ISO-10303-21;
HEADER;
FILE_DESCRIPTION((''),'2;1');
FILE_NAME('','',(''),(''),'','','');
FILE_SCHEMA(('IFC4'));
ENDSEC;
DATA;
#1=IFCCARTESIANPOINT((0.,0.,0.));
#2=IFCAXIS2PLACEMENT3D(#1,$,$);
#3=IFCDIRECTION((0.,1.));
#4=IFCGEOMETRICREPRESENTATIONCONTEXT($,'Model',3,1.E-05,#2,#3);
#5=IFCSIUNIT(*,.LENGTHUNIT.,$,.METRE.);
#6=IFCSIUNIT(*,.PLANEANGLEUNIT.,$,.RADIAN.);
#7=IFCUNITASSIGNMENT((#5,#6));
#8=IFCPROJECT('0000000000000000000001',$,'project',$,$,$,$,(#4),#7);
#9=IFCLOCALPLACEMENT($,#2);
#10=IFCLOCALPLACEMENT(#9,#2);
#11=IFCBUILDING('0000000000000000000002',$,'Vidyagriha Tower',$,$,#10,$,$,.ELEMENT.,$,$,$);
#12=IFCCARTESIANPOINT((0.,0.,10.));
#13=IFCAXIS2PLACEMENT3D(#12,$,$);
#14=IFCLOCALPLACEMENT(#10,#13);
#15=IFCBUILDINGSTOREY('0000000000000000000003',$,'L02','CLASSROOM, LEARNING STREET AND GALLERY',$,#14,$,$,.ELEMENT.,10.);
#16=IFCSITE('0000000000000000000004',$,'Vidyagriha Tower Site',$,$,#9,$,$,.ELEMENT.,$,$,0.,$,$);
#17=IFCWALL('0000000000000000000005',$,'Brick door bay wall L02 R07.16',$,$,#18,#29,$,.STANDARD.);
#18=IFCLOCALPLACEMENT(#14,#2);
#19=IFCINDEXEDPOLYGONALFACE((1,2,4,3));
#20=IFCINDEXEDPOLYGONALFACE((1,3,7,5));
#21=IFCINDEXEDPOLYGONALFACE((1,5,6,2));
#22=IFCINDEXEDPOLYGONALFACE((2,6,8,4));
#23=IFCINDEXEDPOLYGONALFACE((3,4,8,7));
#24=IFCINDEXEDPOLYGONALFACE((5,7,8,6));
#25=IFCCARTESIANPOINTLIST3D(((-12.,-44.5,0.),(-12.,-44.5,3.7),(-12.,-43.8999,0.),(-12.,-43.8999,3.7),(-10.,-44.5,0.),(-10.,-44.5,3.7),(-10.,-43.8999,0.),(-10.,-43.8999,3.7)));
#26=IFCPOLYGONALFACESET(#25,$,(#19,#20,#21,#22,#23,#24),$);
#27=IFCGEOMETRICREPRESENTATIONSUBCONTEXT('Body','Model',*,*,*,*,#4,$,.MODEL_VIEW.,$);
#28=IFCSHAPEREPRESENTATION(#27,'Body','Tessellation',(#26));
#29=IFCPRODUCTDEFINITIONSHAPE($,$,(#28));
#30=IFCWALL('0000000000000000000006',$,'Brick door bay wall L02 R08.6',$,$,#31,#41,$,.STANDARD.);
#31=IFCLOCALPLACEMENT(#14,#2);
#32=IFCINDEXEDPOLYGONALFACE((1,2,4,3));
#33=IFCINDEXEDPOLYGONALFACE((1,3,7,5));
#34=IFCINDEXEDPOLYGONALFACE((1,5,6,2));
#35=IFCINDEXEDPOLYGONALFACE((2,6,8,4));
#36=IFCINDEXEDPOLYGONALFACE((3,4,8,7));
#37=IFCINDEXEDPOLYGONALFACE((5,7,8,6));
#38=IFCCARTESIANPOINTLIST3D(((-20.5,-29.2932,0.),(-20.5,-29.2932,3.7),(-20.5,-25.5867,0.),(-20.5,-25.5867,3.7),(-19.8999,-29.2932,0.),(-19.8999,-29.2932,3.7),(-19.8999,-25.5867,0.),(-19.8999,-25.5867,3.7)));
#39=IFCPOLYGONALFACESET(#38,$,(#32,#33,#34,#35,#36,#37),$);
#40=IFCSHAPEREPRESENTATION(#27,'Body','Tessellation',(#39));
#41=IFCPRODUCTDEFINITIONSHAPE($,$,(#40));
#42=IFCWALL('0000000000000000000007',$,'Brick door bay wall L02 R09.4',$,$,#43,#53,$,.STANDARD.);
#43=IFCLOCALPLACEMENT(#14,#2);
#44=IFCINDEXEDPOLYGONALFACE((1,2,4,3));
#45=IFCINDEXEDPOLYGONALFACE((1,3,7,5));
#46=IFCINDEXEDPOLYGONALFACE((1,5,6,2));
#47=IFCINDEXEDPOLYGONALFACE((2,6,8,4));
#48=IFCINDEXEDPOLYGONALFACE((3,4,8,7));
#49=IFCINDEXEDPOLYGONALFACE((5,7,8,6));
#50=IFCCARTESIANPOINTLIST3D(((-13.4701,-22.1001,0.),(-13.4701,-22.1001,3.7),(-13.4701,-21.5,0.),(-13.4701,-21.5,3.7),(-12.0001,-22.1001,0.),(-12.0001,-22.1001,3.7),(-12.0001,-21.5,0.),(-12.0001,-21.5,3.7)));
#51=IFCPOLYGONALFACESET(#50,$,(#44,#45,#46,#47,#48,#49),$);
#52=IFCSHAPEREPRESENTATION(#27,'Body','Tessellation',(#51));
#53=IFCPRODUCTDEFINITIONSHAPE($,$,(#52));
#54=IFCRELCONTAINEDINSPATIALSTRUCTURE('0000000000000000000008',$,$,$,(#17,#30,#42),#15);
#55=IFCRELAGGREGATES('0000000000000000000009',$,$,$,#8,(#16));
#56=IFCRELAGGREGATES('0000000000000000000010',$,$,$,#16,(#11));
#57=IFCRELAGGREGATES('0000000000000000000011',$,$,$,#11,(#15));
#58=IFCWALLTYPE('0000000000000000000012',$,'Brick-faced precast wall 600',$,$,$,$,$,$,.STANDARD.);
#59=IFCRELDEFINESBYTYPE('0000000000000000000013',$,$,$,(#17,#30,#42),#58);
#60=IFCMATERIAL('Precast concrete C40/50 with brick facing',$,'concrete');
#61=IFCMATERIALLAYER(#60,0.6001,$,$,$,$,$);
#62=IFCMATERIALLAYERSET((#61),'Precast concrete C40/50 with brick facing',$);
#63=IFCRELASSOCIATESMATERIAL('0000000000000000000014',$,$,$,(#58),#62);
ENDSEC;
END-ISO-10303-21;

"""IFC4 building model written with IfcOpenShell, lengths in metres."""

from ifc_helpers import new_model, si_unit, direction, frame, frame_2d, origin, place, context, subcontext, project, spatial, rectangle, extrude, material, layer, layer_set, type_object, element, save


model = new_model("IFC4")

# Units and contexts
model_context = context("Model", 3, precision=1e-05, world=origin(), true_north=direction((0.0, 1.0)))
body_context = subcontext(model_context, "Body", "Model", "MODEL_VIEW")
ifc_project = project(units=[si_unit("LENGTHUNIT", "METRE"), si_unit("PLANEANGLEUNIT", "RADIAN")], contexts=[model_context])

# Site, building, storey
site_placement = place(None, origin())
site = spatial("IfcSite", under=ifc_project, at=site_placement, Name="Vidyagriha Tower Site", CompositionType="ELEMENT", RefElevation=0.0)
building_placement = place(site_placement, origin())
building = spatial("IfcBuilding", under=site, at=building_placement, Name="Vidyagriha Tower", CompositionType="ELEMENT")
storey_placement = place(building_placement, frame((0.0, 0.0, 10.0)))
storey = spatial("IfcBuildingStorey", under=building, at=storey_placement, Name="L02", Description="CLASSROOM, LEARNING STREET AND GALLERY", CompositionType="ELEMENT", Elevation=10.0)

# Walls
ifc_material_1 = material(Name="Precast concrete C40/50 with brick facing", Category="concrete")
ifc_layer_1 = layer(ifc_material_1, 0.6001)
ifc_layer_set_1 = layer_set([ifc_layer_1], Name="Precast concrete C40/50 with brick facing")
wall_type = type_object("IfcWallType", Name="Brick-faced precast wall 600", PredefinedType="STANDARD", material=ifc_layer_set_1)
for number, where, z_axis, x_axis, name in (
    (1, (-10.0, -44.2, 0.0), (0.0, 0.0, 1.0), (-1.0, 0.0, 0.0), "Brick door bay wall L02 R07.16"),
):
    element("IfcWall", number, at=place(storey_placement, frame(where, z_axis=z_axis, x_axis=x_axis)), inside=storey, type_object=wall_type, Name=name, PredefinedType="STANDARD", context=body_context, shape_type="SweptSolid", body=[
        extrude(rectangle(XDim=2.0, YDim=0.6001, at=frame_2d((1.0, 0.0))), origin(), (0.0, 0.0, 1.0), 3.7),
    ])
wall_1_placement = place(storey_placement, frame((-20.2, -29.2932, 0.0), z_axis=(0.0, 0.0, 1.0), x_axis=(0.0, 1.0, 0.0)))
element("IfcWall", 2, at=wall_1_placement, inside=storey, type_object=wall_type, Name="Brick door bay wall L02 R08.6", PredefinedType="STANDARD", context=body_context, shape_type="SweptSolid", body=[
    extrude(rectangle(XDim=3.7065, YDim=0.6001, at=frame_2d((1.8533, 0.0))), origin(), (0.0, 0.0, 1.0), 3.7),
])
wall_2_placement = place(storey_placement, frame((-13.47, -21.8, 0.0)))
element("IfcWall", 3, at=wall_2_placement, inside=storey, type_object=wall_type, Name="Brick door bay wall L02 R09.4", PredefinedType="STANDARD", context=body_context, shape_type="SweptSolid", body=[
    extrude(rectangle(XDim=1.47, YDim=0.6001, at=frame_2d((0.7349, 0.0))), origin(), (0.0, 0.0, 1.0), 3.7),
])

save(model, "model.ifc")
